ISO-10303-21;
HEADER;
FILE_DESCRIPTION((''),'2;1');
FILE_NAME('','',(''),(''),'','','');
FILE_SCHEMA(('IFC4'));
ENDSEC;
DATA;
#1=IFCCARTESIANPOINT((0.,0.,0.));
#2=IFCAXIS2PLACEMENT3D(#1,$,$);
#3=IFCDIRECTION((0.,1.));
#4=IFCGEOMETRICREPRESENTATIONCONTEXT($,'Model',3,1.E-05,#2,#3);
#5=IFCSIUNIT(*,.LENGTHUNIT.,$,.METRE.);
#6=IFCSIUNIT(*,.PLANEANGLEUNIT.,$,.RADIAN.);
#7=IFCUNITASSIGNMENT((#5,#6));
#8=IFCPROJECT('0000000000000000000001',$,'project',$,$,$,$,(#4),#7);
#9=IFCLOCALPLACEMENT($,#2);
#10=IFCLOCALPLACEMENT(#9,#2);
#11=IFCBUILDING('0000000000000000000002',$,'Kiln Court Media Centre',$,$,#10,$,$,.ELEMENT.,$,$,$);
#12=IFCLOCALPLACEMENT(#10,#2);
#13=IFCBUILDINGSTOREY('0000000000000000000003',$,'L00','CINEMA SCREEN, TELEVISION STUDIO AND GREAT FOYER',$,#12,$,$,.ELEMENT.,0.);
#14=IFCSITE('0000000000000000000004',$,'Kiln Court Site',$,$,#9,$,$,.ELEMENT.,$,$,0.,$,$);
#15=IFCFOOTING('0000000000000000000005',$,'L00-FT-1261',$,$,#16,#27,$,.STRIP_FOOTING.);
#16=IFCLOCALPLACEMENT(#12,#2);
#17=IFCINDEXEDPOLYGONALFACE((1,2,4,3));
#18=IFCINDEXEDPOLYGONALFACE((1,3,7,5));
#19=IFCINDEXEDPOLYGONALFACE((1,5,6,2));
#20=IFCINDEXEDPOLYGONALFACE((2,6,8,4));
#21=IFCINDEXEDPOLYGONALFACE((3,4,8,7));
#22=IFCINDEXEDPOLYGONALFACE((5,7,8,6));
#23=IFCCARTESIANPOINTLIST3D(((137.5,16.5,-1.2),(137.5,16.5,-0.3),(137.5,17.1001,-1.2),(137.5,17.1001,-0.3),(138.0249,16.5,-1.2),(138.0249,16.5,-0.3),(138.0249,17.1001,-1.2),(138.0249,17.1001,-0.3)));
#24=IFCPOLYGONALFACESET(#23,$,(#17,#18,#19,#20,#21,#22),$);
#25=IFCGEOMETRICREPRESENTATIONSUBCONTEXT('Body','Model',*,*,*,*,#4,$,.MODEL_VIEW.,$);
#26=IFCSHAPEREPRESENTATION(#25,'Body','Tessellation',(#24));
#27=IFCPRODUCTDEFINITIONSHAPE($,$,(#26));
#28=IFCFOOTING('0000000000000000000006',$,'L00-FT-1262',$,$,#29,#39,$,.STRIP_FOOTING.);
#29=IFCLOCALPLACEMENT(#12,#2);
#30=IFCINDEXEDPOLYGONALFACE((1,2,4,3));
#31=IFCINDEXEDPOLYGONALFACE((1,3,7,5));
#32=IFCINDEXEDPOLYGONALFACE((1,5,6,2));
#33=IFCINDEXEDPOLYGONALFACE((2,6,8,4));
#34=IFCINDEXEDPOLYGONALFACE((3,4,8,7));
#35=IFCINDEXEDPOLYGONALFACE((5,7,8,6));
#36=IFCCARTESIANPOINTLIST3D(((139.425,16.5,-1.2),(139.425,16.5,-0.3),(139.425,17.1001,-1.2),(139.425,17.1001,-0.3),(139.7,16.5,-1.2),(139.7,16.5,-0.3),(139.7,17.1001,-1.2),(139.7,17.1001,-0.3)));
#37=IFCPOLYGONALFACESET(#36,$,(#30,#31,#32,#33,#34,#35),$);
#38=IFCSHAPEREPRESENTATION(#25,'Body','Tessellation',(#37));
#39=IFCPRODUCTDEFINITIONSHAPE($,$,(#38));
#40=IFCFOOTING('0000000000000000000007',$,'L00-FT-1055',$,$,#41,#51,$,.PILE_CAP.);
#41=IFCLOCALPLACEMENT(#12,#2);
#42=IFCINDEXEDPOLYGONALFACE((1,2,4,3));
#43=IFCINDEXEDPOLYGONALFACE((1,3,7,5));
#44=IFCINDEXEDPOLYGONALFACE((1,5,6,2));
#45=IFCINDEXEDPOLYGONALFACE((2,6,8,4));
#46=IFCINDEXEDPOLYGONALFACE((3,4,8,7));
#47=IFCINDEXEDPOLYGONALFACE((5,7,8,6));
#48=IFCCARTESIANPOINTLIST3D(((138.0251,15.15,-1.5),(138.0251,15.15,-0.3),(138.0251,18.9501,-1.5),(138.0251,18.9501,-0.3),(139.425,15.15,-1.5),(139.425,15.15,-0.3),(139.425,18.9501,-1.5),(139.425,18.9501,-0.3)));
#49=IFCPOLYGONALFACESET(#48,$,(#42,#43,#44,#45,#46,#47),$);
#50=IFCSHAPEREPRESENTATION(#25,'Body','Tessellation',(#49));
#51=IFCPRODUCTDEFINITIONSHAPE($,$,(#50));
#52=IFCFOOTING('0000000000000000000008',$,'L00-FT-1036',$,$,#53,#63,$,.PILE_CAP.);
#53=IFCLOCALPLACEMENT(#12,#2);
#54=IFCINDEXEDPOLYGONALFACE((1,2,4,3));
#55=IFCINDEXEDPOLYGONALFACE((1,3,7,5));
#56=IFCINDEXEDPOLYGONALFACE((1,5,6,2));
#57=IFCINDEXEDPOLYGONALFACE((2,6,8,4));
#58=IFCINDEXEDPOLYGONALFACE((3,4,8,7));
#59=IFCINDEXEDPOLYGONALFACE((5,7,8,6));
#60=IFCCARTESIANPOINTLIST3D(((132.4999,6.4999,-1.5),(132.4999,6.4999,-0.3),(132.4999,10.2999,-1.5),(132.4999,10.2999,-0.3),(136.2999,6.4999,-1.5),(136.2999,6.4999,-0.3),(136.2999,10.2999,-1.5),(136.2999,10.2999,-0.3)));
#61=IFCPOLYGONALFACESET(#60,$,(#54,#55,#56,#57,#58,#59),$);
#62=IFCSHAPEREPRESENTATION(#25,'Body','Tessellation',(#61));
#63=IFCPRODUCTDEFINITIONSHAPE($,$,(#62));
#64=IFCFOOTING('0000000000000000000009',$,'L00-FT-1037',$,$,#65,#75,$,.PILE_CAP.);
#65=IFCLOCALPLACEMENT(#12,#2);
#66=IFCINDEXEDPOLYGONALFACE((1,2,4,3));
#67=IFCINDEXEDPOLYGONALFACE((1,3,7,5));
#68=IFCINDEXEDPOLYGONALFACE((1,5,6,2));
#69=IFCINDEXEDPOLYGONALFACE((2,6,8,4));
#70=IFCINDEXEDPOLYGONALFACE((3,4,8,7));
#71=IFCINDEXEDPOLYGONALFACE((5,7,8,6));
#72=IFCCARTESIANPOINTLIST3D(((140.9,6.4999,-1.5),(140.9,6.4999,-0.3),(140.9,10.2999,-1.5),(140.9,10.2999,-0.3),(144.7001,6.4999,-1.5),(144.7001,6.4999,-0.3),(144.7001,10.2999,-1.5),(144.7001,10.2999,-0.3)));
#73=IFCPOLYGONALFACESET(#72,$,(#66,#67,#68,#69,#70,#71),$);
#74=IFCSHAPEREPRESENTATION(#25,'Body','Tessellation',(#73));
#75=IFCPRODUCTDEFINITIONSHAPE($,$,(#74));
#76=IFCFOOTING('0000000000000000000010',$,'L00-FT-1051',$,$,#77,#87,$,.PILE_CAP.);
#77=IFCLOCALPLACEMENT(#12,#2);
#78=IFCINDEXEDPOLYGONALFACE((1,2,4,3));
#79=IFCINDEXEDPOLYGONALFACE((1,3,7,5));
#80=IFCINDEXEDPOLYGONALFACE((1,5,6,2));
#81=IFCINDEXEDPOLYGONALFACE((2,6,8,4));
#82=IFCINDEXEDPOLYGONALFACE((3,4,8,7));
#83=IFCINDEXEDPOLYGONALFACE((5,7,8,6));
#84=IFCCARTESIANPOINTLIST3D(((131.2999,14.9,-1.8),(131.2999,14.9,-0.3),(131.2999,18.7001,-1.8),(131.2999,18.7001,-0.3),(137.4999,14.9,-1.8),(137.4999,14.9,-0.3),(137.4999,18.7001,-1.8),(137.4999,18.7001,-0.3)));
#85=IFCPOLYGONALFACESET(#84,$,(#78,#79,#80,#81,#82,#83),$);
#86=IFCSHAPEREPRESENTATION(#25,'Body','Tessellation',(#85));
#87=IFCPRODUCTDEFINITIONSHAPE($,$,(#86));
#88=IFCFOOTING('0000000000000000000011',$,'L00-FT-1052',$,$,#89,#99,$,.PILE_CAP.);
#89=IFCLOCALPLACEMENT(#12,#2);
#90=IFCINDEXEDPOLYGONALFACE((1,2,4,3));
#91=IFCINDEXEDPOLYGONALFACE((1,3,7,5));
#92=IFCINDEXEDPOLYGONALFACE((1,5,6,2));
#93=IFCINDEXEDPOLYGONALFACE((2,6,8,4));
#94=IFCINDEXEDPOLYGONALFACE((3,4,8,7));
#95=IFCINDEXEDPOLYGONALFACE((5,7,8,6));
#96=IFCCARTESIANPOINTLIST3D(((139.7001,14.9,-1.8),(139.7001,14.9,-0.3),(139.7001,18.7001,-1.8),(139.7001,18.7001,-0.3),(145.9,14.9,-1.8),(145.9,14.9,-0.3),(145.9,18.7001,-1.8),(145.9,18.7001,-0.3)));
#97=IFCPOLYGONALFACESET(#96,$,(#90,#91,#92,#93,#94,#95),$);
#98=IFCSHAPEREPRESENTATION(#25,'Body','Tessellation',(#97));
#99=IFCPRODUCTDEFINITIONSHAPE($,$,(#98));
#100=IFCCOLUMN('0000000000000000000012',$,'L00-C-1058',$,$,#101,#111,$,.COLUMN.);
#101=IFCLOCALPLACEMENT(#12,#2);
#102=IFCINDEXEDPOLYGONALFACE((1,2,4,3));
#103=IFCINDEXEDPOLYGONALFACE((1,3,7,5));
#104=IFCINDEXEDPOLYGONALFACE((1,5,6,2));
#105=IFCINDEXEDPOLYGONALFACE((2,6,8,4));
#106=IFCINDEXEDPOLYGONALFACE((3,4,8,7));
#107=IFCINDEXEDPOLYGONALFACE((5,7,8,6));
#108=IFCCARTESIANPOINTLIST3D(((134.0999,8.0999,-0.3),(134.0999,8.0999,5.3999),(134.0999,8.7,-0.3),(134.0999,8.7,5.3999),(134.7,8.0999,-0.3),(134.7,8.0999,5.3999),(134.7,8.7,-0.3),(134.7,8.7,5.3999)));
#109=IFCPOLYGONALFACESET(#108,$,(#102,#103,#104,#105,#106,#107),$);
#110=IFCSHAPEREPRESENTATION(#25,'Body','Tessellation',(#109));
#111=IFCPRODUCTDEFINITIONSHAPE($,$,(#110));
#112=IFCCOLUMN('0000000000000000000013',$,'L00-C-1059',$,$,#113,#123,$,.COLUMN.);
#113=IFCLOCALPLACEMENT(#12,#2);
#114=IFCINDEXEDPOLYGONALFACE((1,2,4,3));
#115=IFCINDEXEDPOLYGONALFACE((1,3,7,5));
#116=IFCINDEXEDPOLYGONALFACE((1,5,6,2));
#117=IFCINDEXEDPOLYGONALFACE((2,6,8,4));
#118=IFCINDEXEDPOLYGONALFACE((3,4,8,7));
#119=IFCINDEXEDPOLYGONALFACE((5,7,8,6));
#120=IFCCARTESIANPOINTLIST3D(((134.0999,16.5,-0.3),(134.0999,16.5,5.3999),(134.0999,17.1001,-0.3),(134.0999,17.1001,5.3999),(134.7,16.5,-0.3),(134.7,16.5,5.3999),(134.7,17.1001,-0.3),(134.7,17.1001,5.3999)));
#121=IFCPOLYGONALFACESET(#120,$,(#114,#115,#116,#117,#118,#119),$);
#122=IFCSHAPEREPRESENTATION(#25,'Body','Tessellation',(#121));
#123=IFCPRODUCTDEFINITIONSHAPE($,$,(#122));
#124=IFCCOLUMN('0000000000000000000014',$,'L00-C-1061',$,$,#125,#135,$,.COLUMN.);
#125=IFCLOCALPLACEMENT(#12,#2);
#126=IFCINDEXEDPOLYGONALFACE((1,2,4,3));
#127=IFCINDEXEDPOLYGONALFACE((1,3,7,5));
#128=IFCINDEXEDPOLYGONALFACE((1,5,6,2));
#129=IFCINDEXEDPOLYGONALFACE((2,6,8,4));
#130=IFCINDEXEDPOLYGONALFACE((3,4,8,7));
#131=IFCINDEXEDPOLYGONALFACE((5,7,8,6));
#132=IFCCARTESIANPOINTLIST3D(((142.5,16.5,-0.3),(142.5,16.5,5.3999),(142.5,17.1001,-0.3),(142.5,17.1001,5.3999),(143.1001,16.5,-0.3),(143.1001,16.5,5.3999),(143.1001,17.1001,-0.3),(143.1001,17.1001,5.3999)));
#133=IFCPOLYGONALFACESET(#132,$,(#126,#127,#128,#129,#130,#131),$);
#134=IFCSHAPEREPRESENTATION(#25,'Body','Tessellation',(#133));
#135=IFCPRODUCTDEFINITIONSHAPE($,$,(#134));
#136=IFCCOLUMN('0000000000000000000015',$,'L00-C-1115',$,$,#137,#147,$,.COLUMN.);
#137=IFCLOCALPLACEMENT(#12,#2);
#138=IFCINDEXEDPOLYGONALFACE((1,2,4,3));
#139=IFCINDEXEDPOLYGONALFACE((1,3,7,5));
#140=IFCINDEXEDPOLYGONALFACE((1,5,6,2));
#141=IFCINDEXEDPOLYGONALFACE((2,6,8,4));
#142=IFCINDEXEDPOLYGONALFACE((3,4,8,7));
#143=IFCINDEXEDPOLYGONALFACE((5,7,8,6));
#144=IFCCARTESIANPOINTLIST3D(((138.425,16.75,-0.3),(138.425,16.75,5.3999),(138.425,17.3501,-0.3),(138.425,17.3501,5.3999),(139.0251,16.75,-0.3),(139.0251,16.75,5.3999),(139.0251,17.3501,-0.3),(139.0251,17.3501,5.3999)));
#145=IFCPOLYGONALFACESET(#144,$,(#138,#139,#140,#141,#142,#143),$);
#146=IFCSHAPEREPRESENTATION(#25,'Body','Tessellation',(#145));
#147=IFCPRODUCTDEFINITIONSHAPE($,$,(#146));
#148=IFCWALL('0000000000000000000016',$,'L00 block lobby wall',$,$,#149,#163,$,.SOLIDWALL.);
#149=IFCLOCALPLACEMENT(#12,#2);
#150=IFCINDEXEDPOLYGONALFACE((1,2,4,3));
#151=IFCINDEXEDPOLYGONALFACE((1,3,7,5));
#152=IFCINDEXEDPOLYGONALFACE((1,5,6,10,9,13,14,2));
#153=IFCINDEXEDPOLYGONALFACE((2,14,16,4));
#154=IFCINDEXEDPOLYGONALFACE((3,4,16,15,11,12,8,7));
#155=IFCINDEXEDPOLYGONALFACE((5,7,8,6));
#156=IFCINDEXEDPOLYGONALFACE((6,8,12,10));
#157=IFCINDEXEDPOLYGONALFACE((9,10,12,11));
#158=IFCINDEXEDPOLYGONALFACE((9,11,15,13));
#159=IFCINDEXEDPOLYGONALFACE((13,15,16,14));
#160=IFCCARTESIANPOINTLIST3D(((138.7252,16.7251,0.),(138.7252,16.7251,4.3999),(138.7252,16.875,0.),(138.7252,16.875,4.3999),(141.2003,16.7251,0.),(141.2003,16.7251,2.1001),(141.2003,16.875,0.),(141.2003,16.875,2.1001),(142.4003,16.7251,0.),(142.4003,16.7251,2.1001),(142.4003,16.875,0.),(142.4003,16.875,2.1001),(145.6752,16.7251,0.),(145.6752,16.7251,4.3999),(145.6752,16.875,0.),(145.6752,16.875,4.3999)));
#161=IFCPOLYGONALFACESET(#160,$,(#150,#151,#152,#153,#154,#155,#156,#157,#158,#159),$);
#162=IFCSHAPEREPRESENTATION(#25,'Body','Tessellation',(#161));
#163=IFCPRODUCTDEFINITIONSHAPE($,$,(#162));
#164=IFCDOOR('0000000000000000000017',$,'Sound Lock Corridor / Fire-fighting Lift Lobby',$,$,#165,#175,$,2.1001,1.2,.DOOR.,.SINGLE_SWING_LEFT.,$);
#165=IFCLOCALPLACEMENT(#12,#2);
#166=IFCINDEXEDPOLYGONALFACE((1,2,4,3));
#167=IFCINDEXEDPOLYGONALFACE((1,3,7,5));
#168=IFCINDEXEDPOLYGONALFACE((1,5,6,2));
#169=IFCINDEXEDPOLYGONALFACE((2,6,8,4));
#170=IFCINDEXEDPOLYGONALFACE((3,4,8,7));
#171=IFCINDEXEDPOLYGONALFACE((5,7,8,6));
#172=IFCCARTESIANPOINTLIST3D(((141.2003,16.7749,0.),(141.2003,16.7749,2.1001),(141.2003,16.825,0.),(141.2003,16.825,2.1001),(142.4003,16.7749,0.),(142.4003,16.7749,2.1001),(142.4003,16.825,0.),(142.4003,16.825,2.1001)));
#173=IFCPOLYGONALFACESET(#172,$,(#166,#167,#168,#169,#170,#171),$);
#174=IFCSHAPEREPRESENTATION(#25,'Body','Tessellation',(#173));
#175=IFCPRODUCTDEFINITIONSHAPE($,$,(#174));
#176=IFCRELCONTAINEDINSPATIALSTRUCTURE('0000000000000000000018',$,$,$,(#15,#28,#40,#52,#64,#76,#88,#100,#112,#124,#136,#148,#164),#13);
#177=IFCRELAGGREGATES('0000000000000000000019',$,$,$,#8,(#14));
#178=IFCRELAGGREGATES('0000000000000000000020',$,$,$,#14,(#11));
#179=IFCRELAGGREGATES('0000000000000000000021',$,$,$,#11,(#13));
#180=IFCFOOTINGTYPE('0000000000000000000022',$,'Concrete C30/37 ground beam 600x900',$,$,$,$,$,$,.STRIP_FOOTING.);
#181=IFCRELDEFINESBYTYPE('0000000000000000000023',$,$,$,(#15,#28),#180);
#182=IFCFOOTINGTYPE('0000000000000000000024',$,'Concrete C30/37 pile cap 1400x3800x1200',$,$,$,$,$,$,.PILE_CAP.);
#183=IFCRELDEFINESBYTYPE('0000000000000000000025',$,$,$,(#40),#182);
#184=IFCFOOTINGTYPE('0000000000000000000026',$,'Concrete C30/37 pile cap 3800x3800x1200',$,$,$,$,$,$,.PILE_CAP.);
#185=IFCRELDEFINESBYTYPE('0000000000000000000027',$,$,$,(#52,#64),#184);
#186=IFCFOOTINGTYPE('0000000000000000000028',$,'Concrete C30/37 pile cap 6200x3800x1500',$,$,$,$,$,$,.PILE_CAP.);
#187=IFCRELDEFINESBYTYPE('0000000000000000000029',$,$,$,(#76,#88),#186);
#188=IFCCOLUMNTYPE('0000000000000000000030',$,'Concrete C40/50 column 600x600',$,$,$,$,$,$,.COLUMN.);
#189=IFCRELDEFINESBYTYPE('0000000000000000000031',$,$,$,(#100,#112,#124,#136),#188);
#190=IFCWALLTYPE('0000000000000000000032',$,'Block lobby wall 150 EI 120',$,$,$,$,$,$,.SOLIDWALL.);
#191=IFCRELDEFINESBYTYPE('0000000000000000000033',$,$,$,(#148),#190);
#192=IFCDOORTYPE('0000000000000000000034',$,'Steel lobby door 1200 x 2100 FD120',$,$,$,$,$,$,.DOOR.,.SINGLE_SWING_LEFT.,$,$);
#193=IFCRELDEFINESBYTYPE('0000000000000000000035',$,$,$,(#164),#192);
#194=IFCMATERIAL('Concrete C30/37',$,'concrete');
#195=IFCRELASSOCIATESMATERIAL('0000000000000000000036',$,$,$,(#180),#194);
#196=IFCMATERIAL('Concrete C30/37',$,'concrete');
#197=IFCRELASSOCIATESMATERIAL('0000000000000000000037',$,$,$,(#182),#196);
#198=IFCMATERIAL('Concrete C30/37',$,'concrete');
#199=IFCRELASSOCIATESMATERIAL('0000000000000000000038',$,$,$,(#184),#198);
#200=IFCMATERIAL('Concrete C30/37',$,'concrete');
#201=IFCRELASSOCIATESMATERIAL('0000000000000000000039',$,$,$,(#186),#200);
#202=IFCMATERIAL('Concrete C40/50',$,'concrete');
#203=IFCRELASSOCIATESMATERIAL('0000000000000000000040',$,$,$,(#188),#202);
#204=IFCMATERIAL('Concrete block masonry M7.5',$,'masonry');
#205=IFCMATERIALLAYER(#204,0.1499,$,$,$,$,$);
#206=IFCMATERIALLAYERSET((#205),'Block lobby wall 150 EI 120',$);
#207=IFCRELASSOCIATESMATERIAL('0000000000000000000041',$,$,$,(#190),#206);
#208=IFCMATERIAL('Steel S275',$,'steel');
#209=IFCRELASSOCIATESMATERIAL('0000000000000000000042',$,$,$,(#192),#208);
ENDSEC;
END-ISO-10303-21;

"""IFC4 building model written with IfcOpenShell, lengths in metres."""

from ifc_helpers import new_model, si_unit, direction, frame, frame_2d, origin, origin_2d, place, context, subcontext, project, spatial, rectangle, extrude, material, layer, layer_set, material_profile, profile_set, type_object, element, fill, save


model = new_model("IFC4")

# Units and contexts
model_context = context("Model", 3, precision=1e-05, world=origin(), true_north=direction((0.0, 1.0)))
body_context = subcontext(model_context, "Body", "Model", "MODEL_VIEW")
ifc_project = project(units=[si_unit("LENGTHUNIT", "METRE"), si_unit("PLANEANGLEUNIT", "RADIAN")], contexts=[model_context])

# Site, building, storey
site_placement = place(None, origin())
site = spatial("IfcSite", under=ifc_project, at=site_placement, Name="Kiln Court Site", CompositionType="ELEMENT", RefElevation=0.0)
building_placement = place(site_placement, origin())
building = spatial("IfcBuilding", under=site, at=building_placement, Name="Kiln Court Media Centre", CompositionType="ELEMENT")
storey_placement = place(building_placement, origin())
storey = spatial("IfcBuildingStorey", under=building, at=storey_placement, Name="L00", Description="CINEMA SCREEN, TELEVISION STUDIO AND GREAT FOYER", CompositionType="ELEMENT", Elevation=0.0)

# Footings
ifc_material_1 = material(Name="Concrete C30/37", Category="concrete")
footing_type_1 = type_object("IfcFootingType", Name="Concrete C30/37 ground beam 600x900", PredefinedType="STRIP_FOOTING", material=ifc_material_1)
footing_1_placement = place(storey_placement, frame((137.7625, 16.8, -1.2), z_axis=(0.0, 0.0, 1.0), x_axis=(1.0, 0.0, 0.0)))
element("IfcFooting", 1, at=footing_1_placement, inside=storey, type_object=footing_type_1, Name="L00-FT-1261", PredefinedType="STRIP_FOOTING", context=body_context, shape_type="SweptSolid", body=[
    extrude(rectangle(XDim=0.5249, YDim=0.6001, at=origin_2d()), origin(), (0.0, 0.0, 1.0), 0.8999),
])
footing_2_placement = place(storey_placement, frame((139.5625, 16.8, -1.2), z_axis=(0.0, 0.0, 1.0), x_axis=(1.0, 0.0, 0.0)))
element("IfcFooting", 2, at=footing_2_placement, inside=storey, type_object=footing_type_1, Name="L00-FT-1262", PredefinedType="STRIP_FOOTING", context=body_context, shape_type="SweptSolid", body=[
    extrude(rectangle(XDim=0.2749, YDim=0.6001, at=origin_2d()), origin(), (0.0, 0.0, 1.0), 0.8999),
])
ifc_material_2 = material(Name="Concrete C30/37", Category="concrete")
footing_type_2 = type_object("IfcFootingType", Name="Concrete C30/37 pile cap 1400x3800x1200", PredefinedType="PILE_CAP", material=ifc_material_2)
footing_3_placement = place(storey_placement, frame((138.7251, 17.05, -1.5), z_axis=(0.0, 0.0, 1.0), x_axis=(1.0, 0.0, 0.0)))
element("IfcFooting", 3, at=footing_3_placement, inside=storey, type_object=footing_type_2, Name="L00-FT-1055", PredefinedType="PILE_CAP", context=body_context, shape_type="SweptSolid", body=[
    extrude(rectangle(XDim=1.3999, YDim=3.8, at=origin_2d()), origin(), (0.0, 0.0, 1.0), 1.2),
])
ifc_material_3 = material(Name="Concrete C30/37", Category="concrete")
footing_type_3 = type_object("IfcFootingType", Name="Concrete C30/37 pile cap 3800x3800x1200", PredefinedType="PILE_CAP", material=ifc_material_3)
for number, where, z_axis, x_axis, name in (
    (4, (134.3999, 8.3999, -1.5), (0.0, 0.0, 1.0), (1.0, 0.0, 0.0), "L00-FT-1036"),
    (5, (142.8, 8.3999, -1.5), (0.0, 0.0, 1.0), (1.0, 0.0, 0.0), "L00-FT-1037"),
):
    element("IfcFooting", number, at=place(storey_placement, frame(where, z_axis=z_axis, x_axis=x_axis)), inside=storey, type_object=footing_type_3, Name=name, PredefinedType="PILE_CAP", context=body_context, shape_type="SweptSolid", body=[
        extrude(rectangle(XDim=3.8, YDim=3.8, at=origin_2d()), origin(), (0.0, 0.0, 1.0), 1.2),
    ])
ifc_material_4 = material(Name="Concrete C30/37", Category="concrete")
footing_type_4 = type_object("IfcFootingType", Name="Concrete C30/37 pile cap 6200x3800x1500", PredefinedType="PILE_CAP", material=ifc_material_4)
for number, where, z_axis, x_axis, name in (
    (6, (134.3999, 16.8, -1.8), (0.0, 0.0, 1.0), (1.0, 0.0, 0.0), "L00-FT-1051"),
    (7, (142.8, 16.8, -1.8), (0.0, 0.0, 1.0), (1.0, 0.0, 0.0), "L00-FT-1052"),
):
    element("IfcFooting", number, at=place(storey_placement, frame(where, z_axis=z_axis, x_axis=x_axis)), inside=storey, type_object=footing_type_4, Name=name, PredefinedType="PILE_CAP", context=body_context, shape_type="SweptSolid", body=[
        extrude(rectangle(XDim=6.2, YDim=3.8, at=origin_2d()), origin(), (0.0, 0.0, 1.0), 1.5),
    ])

# Columns
ifc_material_5 = material(Name="Concrete C40/50", Category="concrete")
ifc_material_profile_1 = material_profile(ifc_material_5, rectangle(XDim=0.6001, YDim=0.6001, at=origin_2d()), Name="RC 600x600")
ifc_profile_set_1 = profile_set([ifc_material_profile_1], Name="Concrete C40/50")
column_type = type_object("IfcColumnType", Name="Concrete C40/50 column 600x600", PredefinedType="COLUMN", material=ifc_profile_set_1)
for number, where, z_axis, x_axis, name in (
    (8, (134.3999, 8.3999, -0.3), (0.0, 0.0, 1.0), (1.0, 0.0, 0.0), "L00-C-1058"),
    (9, (134.3999, 16.8, -0.3), (0.0, 0.0, 1.0), (1.0, 0.0, 0.0), "L00-C-1059"),
    (10, (142.8, 16.8, -0.3), (0.0, 0.0, 1.0), (1.0, 0.0, 0.0), "L00-C-1061"),
    (11, (138.7251, 17.05, -0.3), (0.0, 0.0, 1.0), (1.0, 0.0, 0.0), "L00-C-1115"),
):
    element("IfcColumn", number, at=place(storey_placement, frame(where, z_axis=z_axis, x_axis=x_axis)), inside=storey, type_object=column_type, Name=name, PredefinedType="COLUMN", context=body_context, shape_type="SweptSolid", body=[
        extrude(rectangle(XDim=0.6001, YDim=0.6001, at=origin_2d()), origin(), (0.0, 0.0, 1.0), 5.7),
    ])

# Wall, opening, door
ifc_material_6 = material(Name="Concrete block masonry M7.5", Category="masonry")
ifc_layer_1 = layer(ifc_material_6, 0.1499)
ifc_layer_set_1 = layer_set([ifc_layer_1], Name="Block lobby wall 150 EI 120")
wall_type_1 = type_object("IfcWallType", Name="Block lobby wall 150 EI 120", PredefinedType="SOLIDWALL", material=ifc_layer_set_1)
wall_1_placement = place(storey_placement, frame((138.7251, 16.8, 0.0), z_axis=(0.0, 0.0, 1.0), x_axis=(1.0, 0.0, 0.0)))
wall_1 = element("IfcWall", 12, at=wall_1_placement, inside=storey, type_object=wall_type_1, Name="L00 block lobby wall", PredefinedType="SOLIDWALL", context=body_context, shape_type="SweptSolid", body=[
    extrude(rectangle(XDim=6.95, YDim=0.1499, at=frame_2d((3.4751, 0.0))), origin(), (0.0, 0.0, 1.0), 4.3999),
])
opening_1_placement = place(wall_1_placement, frame((2.4751, 0.0, 0.0)))
opening_1 = element("IfcOpeningElement", 13, at=opening_1_placement, cuts=wall_1, PredefinedType="OPENING", context=body_context, shape_type="SweptSolid", body=[
    extrude(rectangle(XDim=1.2, YDim=2.1001, at=frame_2d((0.6001, 1.05))), frame((0.0, 0.085, 0.0), z_axis=(0.0, -1.0, 0.0), x_axis=(1.0, 0.0, 0.0)), (0.0, 0.0, 1.0), 0.1699),
])
ifc_material_7 = material(Name="Steel S275", Category="steel")
door_type = type_object("IfcDoorType", Name="Steel lobby door 1200 x 2100 FD120", OperationType="SINGLE_SWING_LEFT", PredefinedType="DOOR", material=ifc_material_7)
door_1_placement = place(opening_1_placement, origin())
door_1 = element("IfcDoor", 14, at=door_1_placement, inside=storey, type_object=door_type, Name="Sound Lock Corridor / Fire-fighting Lift Lobby", OperationType="SINGLE_SWING_LEFT", OverallHeight=2.1001, OverallWidth=1.2, PredefinedType="DOOR", context=body_context, shape_type="SweptSolid", body=[
    extrude(rectangle(XDim=1.2, YDim=2.1001, at=frame_2d((0.6001, 1.05))), frame((0.0, 0.0249, 0.0), z_axis=(0.0, -1.0, 0.0), x_axis=(1.0, 0.0, 0.0)), (0.0, 0.0, 1.0), 0.05),
])
fill(opening_1, door_1)

save(model, "model.ifc")
